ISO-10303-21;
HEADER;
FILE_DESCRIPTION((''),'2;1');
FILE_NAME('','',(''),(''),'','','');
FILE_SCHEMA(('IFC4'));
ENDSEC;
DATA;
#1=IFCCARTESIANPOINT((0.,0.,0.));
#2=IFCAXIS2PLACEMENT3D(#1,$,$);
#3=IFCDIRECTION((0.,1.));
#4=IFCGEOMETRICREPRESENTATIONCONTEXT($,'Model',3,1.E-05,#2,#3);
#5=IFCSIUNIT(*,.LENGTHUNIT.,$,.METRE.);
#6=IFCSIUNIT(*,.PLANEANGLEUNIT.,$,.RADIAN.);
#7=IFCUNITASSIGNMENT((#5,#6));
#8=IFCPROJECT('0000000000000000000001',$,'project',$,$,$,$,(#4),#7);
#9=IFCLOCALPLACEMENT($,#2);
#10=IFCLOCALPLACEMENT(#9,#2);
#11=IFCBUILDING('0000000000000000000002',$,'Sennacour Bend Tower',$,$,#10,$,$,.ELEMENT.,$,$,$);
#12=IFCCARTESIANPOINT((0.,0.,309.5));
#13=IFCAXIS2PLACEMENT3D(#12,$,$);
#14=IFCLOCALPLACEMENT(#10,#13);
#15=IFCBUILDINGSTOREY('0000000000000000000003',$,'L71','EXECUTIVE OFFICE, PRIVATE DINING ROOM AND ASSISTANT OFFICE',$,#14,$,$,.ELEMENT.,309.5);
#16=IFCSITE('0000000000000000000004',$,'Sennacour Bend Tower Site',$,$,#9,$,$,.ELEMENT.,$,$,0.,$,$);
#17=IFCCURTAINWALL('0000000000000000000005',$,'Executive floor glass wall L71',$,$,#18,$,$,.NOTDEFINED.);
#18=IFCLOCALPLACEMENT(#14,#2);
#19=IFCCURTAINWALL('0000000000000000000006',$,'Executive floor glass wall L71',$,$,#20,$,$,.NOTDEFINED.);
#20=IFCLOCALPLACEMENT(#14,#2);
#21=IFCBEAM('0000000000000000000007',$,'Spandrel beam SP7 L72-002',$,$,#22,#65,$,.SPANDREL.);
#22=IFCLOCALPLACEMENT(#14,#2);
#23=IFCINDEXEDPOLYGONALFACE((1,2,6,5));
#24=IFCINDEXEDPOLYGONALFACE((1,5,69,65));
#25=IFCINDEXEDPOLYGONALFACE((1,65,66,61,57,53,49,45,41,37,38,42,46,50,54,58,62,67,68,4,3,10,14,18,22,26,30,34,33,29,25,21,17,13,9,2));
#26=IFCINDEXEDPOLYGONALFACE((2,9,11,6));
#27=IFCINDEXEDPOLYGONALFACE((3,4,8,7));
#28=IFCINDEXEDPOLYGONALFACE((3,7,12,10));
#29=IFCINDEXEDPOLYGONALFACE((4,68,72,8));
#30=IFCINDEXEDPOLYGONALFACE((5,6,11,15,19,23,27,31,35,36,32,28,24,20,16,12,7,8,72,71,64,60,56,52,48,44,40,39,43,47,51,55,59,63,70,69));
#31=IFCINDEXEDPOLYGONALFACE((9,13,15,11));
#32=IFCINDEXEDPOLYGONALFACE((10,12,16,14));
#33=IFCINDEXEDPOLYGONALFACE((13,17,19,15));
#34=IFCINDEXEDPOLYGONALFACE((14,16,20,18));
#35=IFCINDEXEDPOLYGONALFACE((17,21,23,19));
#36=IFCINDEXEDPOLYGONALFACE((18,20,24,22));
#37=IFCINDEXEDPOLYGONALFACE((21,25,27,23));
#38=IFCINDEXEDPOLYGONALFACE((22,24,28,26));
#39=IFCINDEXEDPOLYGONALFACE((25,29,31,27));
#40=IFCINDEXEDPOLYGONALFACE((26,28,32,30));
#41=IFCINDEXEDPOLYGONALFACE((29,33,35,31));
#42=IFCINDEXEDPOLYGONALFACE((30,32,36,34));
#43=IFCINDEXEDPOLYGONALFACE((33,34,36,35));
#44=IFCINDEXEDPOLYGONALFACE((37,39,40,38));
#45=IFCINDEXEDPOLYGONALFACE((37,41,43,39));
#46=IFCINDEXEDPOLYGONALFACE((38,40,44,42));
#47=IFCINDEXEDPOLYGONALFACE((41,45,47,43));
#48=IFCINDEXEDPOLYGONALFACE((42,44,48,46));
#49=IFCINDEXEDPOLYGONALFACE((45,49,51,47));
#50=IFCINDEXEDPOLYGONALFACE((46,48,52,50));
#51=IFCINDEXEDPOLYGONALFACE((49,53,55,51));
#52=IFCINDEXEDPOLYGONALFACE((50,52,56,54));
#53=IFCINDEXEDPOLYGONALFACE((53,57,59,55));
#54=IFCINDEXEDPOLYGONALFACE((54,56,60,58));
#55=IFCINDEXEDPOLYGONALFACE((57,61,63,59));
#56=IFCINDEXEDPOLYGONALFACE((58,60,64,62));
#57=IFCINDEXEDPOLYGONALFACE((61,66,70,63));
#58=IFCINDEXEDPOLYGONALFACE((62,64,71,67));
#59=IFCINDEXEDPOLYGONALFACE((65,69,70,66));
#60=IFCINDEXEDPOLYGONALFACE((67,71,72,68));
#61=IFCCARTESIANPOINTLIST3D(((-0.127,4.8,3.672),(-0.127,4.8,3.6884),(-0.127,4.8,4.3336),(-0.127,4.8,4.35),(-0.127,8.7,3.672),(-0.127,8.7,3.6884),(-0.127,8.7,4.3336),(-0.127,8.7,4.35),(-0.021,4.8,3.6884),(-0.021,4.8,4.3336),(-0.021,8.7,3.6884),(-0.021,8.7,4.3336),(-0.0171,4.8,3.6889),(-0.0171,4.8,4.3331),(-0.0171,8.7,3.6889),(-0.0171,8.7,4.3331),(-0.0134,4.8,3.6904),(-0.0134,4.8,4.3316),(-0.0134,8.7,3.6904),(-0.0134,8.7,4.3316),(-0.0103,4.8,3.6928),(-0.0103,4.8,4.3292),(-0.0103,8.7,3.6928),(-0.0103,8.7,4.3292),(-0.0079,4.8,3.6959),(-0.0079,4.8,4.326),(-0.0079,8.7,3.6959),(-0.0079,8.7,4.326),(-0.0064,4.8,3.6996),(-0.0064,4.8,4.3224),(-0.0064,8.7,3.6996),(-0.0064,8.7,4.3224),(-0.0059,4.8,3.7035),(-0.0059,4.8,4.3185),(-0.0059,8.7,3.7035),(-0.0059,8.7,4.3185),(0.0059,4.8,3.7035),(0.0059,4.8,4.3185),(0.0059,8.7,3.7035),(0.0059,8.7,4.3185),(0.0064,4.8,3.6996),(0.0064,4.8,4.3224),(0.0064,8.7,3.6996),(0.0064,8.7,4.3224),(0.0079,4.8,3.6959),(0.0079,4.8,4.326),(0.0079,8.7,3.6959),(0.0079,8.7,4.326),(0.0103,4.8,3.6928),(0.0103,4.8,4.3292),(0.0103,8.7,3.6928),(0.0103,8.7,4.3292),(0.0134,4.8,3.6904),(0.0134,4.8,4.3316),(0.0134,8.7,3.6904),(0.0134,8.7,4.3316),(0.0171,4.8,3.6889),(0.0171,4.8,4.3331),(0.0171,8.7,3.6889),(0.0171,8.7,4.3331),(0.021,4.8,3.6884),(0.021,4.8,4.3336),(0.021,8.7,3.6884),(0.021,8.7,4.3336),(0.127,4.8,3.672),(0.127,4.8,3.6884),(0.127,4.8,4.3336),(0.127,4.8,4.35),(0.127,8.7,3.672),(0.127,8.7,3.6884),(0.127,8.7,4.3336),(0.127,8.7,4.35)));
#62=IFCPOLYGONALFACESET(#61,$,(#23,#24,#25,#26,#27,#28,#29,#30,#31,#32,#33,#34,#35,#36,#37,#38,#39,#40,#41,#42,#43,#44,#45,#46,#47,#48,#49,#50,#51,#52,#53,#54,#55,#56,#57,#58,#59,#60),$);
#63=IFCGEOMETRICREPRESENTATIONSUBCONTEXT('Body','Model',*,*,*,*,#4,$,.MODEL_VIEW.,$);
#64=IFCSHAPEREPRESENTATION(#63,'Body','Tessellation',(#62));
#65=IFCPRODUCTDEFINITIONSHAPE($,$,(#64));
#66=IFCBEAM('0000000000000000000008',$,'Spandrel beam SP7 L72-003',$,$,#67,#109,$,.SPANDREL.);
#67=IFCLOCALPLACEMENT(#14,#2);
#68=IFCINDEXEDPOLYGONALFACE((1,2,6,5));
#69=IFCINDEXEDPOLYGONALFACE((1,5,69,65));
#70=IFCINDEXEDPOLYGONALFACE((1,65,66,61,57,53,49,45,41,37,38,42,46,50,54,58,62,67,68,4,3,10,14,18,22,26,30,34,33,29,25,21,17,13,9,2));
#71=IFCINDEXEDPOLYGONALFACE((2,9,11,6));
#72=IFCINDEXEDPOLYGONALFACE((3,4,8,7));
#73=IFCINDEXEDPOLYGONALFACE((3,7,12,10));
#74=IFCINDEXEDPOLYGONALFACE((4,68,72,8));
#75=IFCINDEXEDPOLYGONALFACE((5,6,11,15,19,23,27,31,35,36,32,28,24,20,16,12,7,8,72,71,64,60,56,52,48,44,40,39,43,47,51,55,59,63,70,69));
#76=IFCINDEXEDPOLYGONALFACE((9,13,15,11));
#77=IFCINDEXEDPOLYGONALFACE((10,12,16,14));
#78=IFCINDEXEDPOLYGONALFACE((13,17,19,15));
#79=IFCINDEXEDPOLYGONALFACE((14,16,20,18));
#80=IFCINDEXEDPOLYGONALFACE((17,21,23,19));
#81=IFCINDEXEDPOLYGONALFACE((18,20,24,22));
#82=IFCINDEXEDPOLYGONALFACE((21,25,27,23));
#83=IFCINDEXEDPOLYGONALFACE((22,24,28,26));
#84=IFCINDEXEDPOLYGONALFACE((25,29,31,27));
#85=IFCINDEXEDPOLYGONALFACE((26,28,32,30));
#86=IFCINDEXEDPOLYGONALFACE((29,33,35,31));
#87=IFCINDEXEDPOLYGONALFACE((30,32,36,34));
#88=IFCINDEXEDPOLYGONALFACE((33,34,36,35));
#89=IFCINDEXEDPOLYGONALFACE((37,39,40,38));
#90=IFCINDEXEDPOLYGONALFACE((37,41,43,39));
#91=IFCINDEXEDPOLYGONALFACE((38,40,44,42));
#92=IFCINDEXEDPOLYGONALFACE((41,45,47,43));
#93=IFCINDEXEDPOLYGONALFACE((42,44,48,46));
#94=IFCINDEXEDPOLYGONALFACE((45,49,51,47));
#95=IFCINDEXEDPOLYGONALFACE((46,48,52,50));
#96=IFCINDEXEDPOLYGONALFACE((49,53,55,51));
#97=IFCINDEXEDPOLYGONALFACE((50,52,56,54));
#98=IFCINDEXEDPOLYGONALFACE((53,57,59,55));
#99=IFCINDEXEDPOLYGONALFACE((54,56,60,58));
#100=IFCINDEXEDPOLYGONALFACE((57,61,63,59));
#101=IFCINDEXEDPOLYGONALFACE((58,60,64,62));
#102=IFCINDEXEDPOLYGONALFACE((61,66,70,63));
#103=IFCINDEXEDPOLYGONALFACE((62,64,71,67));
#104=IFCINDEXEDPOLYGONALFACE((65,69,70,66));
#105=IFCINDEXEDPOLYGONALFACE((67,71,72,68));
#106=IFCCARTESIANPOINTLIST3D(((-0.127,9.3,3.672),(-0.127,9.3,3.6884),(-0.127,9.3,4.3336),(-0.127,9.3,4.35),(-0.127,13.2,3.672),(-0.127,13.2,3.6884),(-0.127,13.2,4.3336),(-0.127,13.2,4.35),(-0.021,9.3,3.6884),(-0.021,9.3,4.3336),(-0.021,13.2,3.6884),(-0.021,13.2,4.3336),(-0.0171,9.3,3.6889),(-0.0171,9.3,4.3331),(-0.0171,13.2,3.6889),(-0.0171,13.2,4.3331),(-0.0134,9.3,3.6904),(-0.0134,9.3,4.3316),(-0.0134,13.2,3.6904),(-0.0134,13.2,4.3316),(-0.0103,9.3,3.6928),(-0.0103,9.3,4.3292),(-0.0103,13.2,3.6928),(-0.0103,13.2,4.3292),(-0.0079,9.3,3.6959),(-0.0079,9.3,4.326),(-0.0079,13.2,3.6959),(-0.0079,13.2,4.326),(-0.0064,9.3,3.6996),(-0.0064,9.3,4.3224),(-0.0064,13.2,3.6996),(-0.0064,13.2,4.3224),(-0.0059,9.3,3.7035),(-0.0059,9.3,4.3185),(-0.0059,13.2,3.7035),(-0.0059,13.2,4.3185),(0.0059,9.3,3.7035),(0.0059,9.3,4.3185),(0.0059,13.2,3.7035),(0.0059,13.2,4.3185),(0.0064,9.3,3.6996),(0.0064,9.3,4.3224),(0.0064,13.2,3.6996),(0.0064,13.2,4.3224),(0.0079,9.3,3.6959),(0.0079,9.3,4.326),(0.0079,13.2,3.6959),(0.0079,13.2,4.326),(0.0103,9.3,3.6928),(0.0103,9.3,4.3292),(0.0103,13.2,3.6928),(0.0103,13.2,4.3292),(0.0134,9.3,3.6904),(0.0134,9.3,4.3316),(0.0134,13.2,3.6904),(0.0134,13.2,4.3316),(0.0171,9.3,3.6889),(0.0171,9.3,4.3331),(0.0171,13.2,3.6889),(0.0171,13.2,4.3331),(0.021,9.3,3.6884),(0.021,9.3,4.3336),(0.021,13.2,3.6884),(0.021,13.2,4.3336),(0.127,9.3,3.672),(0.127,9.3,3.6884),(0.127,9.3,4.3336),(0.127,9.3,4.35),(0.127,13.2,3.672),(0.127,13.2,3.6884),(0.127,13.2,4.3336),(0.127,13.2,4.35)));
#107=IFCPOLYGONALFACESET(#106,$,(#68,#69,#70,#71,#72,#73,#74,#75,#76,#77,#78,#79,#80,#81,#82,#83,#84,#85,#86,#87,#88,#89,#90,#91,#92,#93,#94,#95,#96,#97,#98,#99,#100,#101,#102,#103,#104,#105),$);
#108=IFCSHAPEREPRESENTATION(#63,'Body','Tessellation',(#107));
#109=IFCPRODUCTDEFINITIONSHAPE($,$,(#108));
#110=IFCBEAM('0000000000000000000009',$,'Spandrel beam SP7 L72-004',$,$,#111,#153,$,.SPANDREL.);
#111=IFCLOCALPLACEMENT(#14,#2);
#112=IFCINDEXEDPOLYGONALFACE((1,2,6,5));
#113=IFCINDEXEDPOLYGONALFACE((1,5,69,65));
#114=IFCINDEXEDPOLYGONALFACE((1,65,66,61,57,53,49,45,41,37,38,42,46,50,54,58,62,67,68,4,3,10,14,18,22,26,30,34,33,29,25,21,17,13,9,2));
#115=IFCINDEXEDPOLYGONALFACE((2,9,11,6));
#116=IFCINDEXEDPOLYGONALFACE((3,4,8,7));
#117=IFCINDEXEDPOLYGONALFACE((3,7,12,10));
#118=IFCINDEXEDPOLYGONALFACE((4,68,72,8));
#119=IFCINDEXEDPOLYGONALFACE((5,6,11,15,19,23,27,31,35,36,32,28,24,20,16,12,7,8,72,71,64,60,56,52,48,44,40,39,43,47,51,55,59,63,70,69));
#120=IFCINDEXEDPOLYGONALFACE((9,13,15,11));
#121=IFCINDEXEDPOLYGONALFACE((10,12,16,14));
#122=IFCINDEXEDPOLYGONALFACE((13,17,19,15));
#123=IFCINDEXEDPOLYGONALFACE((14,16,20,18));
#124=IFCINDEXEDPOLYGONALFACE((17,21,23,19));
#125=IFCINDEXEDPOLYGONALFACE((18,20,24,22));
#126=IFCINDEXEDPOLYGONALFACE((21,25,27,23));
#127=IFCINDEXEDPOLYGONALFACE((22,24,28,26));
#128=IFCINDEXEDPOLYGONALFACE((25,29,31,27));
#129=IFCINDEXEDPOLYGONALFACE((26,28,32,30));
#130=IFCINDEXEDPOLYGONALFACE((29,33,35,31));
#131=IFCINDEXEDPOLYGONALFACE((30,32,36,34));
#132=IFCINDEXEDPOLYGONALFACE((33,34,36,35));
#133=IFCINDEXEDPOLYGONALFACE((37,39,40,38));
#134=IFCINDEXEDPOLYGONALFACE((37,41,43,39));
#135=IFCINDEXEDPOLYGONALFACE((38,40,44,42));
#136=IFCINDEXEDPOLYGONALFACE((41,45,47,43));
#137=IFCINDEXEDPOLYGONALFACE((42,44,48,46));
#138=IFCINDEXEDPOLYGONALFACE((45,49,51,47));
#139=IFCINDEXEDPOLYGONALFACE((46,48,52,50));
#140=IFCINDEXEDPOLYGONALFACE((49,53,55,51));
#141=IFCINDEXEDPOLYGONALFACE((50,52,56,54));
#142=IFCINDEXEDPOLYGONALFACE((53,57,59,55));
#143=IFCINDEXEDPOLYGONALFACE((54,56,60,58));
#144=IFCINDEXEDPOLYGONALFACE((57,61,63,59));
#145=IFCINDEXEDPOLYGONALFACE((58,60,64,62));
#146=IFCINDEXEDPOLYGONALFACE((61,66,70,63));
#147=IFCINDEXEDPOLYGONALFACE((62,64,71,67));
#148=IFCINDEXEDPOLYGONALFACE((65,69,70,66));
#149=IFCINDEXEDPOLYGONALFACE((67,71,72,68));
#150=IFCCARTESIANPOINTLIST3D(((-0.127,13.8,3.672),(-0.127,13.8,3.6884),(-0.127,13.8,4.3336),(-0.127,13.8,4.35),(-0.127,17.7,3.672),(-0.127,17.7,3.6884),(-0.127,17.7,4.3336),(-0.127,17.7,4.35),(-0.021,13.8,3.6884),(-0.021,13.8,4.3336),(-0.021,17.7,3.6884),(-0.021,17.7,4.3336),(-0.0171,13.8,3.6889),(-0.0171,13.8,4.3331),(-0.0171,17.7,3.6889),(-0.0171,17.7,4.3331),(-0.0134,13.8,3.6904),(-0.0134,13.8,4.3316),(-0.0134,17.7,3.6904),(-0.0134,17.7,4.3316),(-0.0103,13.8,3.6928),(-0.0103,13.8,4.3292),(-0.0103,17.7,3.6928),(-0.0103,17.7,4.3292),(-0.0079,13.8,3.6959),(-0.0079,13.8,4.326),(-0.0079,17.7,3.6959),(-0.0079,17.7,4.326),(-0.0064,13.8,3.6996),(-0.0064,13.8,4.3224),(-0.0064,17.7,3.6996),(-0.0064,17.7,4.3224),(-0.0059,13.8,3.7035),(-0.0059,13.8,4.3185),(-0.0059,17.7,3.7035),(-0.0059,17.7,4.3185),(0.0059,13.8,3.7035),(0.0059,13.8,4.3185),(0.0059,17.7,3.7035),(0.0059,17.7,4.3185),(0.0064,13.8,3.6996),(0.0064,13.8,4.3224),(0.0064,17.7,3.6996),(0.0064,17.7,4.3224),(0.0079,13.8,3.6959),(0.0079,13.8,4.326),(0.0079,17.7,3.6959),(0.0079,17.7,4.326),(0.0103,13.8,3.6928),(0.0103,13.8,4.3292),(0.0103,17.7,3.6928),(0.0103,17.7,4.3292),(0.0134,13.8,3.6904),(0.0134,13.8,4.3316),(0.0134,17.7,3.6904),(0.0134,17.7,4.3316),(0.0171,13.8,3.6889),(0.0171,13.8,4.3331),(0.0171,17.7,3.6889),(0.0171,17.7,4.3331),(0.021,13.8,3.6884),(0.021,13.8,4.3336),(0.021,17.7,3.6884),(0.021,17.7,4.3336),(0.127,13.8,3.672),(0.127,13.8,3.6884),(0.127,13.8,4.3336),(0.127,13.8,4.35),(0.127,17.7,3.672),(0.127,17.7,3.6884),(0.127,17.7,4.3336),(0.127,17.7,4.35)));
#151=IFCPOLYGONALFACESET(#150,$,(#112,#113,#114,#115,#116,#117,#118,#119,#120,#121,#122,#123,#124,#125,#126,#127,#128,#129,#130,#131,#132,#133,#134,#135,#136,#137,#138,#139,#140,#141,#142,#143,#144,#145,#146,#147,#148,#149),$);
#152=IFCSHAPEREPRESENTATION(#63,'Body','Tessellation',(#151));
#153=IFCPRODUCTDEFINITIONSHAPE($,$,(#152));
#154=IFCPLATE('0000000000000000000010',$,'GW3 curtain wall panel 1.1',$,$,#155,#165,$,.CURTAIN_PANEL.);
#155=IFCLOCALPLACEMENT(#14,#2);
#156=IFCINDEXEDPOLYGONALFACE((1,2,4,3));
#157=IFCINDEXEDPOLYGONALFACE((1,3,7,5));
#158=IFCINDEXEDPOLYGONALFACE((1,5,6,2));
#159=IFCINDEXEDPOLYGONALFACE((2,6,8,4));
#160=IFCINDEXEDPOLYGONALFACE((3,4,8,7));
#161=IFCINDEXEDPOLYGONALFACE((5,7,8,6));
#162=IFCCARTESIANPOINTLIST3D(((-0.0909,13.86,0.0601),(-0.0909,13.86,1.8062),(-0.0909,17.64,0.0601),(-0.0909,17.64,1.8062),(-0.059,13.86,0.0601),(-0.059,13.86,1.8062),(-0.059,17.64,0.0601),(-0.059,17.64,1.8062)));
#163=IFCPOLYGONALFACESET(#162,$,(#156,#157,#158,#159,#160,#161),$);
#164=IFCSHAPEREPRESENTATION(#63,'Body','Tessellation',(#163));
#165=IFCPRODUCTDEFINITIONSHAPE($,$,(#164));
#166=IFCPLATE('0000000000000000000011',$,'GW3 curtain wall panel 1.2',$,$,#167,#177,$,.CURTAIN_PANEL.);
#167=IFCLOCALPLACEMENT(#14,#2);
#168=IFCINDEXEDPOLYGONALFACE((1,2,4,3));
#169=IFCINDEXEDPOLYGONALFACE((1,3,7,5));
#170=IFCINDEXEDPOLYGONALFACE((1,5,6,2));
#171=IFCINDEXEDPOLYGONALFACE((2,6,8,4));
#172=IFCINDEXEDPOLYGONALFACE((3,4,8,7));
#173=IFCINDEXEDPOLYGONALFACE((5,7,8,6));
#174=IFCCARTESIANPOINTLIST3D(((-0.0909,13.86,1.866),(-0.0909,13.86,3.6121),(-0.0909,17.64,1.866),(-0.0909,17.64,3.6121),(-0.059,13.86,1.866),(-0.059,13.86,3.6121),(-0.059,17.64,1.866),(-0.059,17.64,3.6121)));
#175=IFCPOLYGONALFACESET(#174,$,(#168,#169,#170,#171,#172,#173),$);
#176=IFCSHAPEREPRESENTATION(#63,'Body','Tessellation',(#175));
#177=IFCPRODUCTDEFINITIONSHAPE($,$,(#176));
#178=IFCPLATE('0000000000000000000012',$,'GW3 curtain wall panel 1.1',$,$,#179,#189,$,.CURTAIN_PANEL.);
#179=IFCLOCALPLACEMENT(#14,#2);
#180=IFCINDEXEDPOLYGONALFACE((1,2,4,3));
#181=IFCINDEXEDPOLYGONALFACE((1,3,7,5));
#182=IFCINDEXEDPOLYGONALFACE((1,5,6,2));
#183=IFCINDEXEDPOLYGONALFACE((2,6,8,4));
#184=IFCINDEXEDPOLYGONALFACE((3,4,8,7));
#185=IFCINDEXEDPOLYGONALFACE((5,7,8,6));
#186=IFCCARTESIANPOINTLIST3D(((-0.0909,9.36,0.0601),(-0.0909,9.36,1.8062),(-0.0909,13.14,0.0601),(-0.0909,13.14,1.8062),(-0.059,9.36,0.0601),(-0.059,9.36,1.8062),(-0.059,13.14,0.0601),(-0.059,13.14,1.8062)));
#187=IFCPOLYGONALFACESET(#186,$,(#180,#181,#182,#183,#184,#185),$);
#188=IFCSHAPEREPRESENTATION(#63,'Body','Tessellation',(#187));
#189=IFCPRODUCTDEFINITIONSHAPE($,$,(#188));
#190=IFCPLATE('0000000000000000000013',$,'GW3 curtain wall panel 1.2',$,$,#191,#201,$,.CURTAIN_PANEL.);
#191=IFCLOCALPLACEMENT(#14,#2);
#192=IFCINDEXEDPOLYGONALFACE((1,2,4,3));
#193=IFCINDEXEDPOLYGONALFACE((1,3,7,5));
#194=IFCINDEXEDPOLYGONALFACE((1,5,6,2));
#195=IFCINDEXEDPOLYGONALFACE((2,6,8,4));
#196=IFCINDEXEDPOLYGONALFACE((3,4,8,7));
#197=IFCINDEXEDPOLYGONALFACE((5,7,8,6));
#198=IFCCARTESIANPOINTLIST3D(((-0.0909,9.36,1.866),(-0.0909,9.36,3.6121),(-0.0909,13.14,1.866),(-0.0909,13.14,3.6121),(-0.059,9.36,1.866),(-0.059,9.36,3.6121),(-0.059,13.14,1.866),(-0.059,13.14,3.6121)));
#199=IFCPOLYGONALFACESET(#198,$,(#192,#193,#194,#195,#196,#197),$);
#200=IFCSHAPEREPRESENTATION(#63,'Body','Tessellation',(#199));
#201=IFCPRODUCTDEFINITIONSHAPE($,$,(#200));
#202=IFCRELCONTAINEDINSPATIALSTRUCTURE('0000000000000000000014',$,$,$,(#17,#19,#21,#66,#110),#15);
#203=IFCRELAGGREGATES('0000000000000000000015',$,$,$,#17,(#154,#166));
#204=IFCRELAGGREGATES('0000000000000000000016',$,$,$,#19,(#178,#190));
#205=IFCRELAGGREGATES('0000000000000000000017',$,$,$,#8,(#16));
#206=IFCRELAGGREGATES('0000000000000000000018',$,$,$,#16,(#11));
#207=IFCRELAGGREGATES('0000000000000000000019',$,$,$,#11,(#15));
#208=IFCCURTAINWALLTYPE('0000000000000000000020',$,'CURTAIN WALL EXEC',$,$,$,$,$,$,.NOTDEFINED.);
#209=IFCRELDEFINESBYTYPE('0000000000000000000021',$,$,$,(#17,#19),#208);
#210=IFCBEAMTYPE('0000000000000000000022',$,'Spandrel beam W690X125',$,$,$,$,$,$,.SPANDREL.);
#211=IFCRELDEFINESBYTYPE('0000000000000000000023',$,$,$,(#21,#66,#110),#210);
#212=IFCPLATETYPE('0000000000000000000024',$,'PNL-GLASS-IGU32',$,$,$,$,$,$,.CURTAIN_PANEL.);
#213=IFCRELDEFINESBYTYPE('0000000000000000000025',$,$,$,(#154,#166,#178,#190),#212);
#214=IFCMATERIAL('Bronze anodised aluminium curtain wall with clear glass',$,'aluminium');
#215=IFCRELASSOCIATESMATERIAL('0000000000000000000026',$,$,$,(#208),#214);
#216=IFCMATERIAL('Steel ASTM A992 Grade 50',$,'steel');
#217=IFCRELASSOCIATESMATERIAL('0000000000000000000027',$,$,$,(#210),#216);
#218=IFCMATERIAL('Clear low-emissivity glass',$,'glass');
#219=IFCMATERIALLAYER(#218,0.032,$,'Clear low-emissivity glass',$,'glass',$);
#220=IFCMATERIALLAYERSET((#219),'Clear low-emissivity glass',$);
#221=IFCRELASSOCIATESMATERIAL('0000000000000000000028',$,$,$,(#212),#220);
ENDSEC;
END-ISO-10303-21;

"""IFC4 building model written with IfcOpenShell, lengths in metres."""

from ifc_helpers import new_model, si_unit, direction, frame, origin, origin_2d, place, context, subcontext, project, spatial, rectangle, i_section, extrude, material, layer, layer_set, material_profile, profile_set, type_object, element, aggregate, save


model = new_model("IFC4")

# Units and contexts
model_context = context("Model", 3, precision=1e-05, world=origin(), true_north=direction((0.0, 1.0)))
body_context = subcontext(model_context, "Body", "Model", "MODEL_VIEW")
ifc_project = project(units=[si_unit("LENGTHUNIT", "METRE"), si_unit("PLANEANGLEUNIT", "RADIAN")], contexts=[model_context])

# Site, building, storey
site_placement = place(None, origin())
site = spatial("IfcSite", under=ifc_project, at=site_placement, Name="Sennacour Bend Tower Site", CompositionType="ELEMENT", RefElevation=0.0)
building_placement = place(site_placement, origin())
building = spatial("IfcBuilding", under=site, at=building_placement, Name="Sennacour Bend Tower", CompositionType="ELEMENT")
storey_placement = place(building_placement, frame((0.0, 0.0, 309.5)))
storey = spatial("IfcBuildingStorey", under=building, at=storey_placement, Name="L71", Description="EXECUTIVE OFFICE, PRIVATE DINING ROOM AND ASSISTANT OFFICE", CompositionType="ELEMENT", Elevation=309.5)

# Curtain wall
ifc_material_1 = material(Name="Bronze anodised aluminium curtain wall with clear glass", Category="aluminium")
curtain_wall_type = type_object("IfcCurtainWallType", Name="CURTAIN WALL EXEC", PredefinedType="NOTDEFINED", material=ifc_material_1)
curtain_wall_1_placement = place(storey_placement, origin())
curtain_wall_1 = element("IfcCurtainWall", 1, at=curtain_wall_1_placement, inside=storey, type_object=curtain_wall_type, Name="Executive floor glass wall L71", PredefinedType="NOTDEFINED")

# Curtain wall
curtain_wall_2_placement = place(storey_placement, origin())
curtain_wall_2 = element("IfcCurtainWall", 2, at=curtain_wall_2_placement, inside=storey, type_object=curtain_wall_type, Name="Executive floor glass wall L71", PredefinedType="NOTDEFINED")

# Beams
ifc_material_2 = material(Name="Steel ASTM A992 Grade 50", Category="steel")
ifc_material_profile_1 = material_profile(ifc_material_2, i_section(OverallWidth=0.2539, OverallDepth=0.678, WebThickness=0.0117, FlangeThickness=0.0164, FilletRadius=0.0151, at=origin_2d()), Name="Steel ASTM A992 Grade 50", Category="steel")
ifc_profile_set_1 = profile_set([ifc_material_profile_1], Name="Steel ASTM A992 Grade 50")
beam_type = type_object("IfcBeamType", Name="Spandrel beam W690X125", PredefinedType="SPANDREL", material=ifc_profile_set_1)
for number, where, z_axis, x_axis, name in (
    (3, (0.0, 4.8, 4.011), (0.0, 1.0, 0.0), (-1.0, 0.0, 0.0), "Spandrel beam SP7 L72-002"),
    (4, (0.0, 9.3, 4.011), (0.0, 1.0, 0.0), (-1.0, 0.0, 0.0), "Spandrel beam SP7 L72-003"),
    (5, (0.0, 13.8, 4.011), (0.0, 1.0, 0.0), (-1.0, 0.0, 0.0), "Spandrel beam SP7 L72-004"),
):
    element("IfcBeam", number, at=place(storey_placement, frame(where, z_axis=z_axis, x_axis=x_axis)), inside=storey, type_object=beam_type, Name=name, PredefinedType="SPANDREL", context=body_context, shape_type="SweptSolid", body=[
        extrude(i_section(OverallWidth=0.2539, OverallDepth=0.678, WebThickness=0.0117, FlangeThickness=0.0164, FilletRadius=0.0151, at=origin_2d()), origin(), (0.0, 0.0, 1.0), 3.8999),
    ])

# Plates
ifc_material_3 = material(Name="Clear low-emissivity glass", Category="glass")
ifc_layer_1 = layer(ifc_material_3, 0.032, Name="Clear low-emissivity glass", Category="glass")
ifc_layer_set_1 = layer_set([ifc_layer_1], Name="Clear low-emissivity glass")
plate_type = type_object("IfcPlateType", Name="PNL-GLASS-IGU32", PredefinedType="CURTAIN_PANEL", material=ifc_layer_set_1)
plate_1_placement = place(storey_placement, frame((-0.075, 15.75, 0.0601), z_axis=(0.0, 0.0, 1.0), x_axis=(0.0, -1.0, 0.0)))
plate_1 = element("IfcPlate", 6, at=plate_1_placement, type_object=plate_type, Name="GW3 curtain wall panel 1.1", PredefinedType="CURTAIN_PANEL", context=body_context, shape_type="SweptSolid", body=[
    extrude(rectangle(XDim=3.78, YDim=0.032, at=origin_2d()), origin(), (0.0, 0.0, 1.0), 1.7461),
])
plate_2_placement = place(storey_placement, frame((-0.075, 15.75, 1.866), z_axis=(0.0, 0.0, 1.0), x_axis=(0.0, -1.0, 0.0)))
plate_2 = element("IfcPlate", 7, at=plate_2_placement, type_object=plate_type, Name="GW3 curtain wall panel 1.2", PredefinedType="CURTAIN_PANEL", context=body_context, shape_type="SweptSolid", body=[
    extrude(rectangle(XDim=3.78, YDim=0.032, at=origin_2d()), origin(), (0.0, 0.0, 1.0), 1.7461),
])
aggregate(curtain_wall_1, [plate_1, plate_2])
plate_3_placement = place(storey_placement, frame((-0.075, 11.25, 0.0601), z_axis=(0.0, 0.0, 1.0), x_axis=(0.0, -1.0, 0.0)))
plate_3 = element("IfcPlate", 8, at=plate_3_placement, type_object=plate_type, Name="GW3 curtain wall panel 1.1", PredefinedType="CURTAIN_PANEL", context=body_context, shape_type="SweptSolid", body=[
    extrude(rectangle(XDim=3.78, YDim=0.032, at=origin_2d()), origin(), (0.0, 0.0, 1.0), 1.7461),
])
plate_4_placement = place(storey_placement, frame((-0.075, 11.25, 1.866), z_axis=(0.0, 0.0, 1.0), x_axis=(0.0, -1.0, 0.0)))
plate_4 = element("IfcPlate", 9, at=plate_4_placement, type_object=plate_type, Name="GW3 curtain wall panel 1.2", PredefinedType="CURTAIN_PANEL", context=body_context, shape_type="SweptSolid", body=[
    extrude(rectangle(XDim=3.78, YDim=0.032, at=origin_2d()), origin(), (0.0, 0.0, 1.0), 1.7461),
])
aggregate(curtain_wall_2, [plate_3, plate_4])

save(model, "model.ifc")
